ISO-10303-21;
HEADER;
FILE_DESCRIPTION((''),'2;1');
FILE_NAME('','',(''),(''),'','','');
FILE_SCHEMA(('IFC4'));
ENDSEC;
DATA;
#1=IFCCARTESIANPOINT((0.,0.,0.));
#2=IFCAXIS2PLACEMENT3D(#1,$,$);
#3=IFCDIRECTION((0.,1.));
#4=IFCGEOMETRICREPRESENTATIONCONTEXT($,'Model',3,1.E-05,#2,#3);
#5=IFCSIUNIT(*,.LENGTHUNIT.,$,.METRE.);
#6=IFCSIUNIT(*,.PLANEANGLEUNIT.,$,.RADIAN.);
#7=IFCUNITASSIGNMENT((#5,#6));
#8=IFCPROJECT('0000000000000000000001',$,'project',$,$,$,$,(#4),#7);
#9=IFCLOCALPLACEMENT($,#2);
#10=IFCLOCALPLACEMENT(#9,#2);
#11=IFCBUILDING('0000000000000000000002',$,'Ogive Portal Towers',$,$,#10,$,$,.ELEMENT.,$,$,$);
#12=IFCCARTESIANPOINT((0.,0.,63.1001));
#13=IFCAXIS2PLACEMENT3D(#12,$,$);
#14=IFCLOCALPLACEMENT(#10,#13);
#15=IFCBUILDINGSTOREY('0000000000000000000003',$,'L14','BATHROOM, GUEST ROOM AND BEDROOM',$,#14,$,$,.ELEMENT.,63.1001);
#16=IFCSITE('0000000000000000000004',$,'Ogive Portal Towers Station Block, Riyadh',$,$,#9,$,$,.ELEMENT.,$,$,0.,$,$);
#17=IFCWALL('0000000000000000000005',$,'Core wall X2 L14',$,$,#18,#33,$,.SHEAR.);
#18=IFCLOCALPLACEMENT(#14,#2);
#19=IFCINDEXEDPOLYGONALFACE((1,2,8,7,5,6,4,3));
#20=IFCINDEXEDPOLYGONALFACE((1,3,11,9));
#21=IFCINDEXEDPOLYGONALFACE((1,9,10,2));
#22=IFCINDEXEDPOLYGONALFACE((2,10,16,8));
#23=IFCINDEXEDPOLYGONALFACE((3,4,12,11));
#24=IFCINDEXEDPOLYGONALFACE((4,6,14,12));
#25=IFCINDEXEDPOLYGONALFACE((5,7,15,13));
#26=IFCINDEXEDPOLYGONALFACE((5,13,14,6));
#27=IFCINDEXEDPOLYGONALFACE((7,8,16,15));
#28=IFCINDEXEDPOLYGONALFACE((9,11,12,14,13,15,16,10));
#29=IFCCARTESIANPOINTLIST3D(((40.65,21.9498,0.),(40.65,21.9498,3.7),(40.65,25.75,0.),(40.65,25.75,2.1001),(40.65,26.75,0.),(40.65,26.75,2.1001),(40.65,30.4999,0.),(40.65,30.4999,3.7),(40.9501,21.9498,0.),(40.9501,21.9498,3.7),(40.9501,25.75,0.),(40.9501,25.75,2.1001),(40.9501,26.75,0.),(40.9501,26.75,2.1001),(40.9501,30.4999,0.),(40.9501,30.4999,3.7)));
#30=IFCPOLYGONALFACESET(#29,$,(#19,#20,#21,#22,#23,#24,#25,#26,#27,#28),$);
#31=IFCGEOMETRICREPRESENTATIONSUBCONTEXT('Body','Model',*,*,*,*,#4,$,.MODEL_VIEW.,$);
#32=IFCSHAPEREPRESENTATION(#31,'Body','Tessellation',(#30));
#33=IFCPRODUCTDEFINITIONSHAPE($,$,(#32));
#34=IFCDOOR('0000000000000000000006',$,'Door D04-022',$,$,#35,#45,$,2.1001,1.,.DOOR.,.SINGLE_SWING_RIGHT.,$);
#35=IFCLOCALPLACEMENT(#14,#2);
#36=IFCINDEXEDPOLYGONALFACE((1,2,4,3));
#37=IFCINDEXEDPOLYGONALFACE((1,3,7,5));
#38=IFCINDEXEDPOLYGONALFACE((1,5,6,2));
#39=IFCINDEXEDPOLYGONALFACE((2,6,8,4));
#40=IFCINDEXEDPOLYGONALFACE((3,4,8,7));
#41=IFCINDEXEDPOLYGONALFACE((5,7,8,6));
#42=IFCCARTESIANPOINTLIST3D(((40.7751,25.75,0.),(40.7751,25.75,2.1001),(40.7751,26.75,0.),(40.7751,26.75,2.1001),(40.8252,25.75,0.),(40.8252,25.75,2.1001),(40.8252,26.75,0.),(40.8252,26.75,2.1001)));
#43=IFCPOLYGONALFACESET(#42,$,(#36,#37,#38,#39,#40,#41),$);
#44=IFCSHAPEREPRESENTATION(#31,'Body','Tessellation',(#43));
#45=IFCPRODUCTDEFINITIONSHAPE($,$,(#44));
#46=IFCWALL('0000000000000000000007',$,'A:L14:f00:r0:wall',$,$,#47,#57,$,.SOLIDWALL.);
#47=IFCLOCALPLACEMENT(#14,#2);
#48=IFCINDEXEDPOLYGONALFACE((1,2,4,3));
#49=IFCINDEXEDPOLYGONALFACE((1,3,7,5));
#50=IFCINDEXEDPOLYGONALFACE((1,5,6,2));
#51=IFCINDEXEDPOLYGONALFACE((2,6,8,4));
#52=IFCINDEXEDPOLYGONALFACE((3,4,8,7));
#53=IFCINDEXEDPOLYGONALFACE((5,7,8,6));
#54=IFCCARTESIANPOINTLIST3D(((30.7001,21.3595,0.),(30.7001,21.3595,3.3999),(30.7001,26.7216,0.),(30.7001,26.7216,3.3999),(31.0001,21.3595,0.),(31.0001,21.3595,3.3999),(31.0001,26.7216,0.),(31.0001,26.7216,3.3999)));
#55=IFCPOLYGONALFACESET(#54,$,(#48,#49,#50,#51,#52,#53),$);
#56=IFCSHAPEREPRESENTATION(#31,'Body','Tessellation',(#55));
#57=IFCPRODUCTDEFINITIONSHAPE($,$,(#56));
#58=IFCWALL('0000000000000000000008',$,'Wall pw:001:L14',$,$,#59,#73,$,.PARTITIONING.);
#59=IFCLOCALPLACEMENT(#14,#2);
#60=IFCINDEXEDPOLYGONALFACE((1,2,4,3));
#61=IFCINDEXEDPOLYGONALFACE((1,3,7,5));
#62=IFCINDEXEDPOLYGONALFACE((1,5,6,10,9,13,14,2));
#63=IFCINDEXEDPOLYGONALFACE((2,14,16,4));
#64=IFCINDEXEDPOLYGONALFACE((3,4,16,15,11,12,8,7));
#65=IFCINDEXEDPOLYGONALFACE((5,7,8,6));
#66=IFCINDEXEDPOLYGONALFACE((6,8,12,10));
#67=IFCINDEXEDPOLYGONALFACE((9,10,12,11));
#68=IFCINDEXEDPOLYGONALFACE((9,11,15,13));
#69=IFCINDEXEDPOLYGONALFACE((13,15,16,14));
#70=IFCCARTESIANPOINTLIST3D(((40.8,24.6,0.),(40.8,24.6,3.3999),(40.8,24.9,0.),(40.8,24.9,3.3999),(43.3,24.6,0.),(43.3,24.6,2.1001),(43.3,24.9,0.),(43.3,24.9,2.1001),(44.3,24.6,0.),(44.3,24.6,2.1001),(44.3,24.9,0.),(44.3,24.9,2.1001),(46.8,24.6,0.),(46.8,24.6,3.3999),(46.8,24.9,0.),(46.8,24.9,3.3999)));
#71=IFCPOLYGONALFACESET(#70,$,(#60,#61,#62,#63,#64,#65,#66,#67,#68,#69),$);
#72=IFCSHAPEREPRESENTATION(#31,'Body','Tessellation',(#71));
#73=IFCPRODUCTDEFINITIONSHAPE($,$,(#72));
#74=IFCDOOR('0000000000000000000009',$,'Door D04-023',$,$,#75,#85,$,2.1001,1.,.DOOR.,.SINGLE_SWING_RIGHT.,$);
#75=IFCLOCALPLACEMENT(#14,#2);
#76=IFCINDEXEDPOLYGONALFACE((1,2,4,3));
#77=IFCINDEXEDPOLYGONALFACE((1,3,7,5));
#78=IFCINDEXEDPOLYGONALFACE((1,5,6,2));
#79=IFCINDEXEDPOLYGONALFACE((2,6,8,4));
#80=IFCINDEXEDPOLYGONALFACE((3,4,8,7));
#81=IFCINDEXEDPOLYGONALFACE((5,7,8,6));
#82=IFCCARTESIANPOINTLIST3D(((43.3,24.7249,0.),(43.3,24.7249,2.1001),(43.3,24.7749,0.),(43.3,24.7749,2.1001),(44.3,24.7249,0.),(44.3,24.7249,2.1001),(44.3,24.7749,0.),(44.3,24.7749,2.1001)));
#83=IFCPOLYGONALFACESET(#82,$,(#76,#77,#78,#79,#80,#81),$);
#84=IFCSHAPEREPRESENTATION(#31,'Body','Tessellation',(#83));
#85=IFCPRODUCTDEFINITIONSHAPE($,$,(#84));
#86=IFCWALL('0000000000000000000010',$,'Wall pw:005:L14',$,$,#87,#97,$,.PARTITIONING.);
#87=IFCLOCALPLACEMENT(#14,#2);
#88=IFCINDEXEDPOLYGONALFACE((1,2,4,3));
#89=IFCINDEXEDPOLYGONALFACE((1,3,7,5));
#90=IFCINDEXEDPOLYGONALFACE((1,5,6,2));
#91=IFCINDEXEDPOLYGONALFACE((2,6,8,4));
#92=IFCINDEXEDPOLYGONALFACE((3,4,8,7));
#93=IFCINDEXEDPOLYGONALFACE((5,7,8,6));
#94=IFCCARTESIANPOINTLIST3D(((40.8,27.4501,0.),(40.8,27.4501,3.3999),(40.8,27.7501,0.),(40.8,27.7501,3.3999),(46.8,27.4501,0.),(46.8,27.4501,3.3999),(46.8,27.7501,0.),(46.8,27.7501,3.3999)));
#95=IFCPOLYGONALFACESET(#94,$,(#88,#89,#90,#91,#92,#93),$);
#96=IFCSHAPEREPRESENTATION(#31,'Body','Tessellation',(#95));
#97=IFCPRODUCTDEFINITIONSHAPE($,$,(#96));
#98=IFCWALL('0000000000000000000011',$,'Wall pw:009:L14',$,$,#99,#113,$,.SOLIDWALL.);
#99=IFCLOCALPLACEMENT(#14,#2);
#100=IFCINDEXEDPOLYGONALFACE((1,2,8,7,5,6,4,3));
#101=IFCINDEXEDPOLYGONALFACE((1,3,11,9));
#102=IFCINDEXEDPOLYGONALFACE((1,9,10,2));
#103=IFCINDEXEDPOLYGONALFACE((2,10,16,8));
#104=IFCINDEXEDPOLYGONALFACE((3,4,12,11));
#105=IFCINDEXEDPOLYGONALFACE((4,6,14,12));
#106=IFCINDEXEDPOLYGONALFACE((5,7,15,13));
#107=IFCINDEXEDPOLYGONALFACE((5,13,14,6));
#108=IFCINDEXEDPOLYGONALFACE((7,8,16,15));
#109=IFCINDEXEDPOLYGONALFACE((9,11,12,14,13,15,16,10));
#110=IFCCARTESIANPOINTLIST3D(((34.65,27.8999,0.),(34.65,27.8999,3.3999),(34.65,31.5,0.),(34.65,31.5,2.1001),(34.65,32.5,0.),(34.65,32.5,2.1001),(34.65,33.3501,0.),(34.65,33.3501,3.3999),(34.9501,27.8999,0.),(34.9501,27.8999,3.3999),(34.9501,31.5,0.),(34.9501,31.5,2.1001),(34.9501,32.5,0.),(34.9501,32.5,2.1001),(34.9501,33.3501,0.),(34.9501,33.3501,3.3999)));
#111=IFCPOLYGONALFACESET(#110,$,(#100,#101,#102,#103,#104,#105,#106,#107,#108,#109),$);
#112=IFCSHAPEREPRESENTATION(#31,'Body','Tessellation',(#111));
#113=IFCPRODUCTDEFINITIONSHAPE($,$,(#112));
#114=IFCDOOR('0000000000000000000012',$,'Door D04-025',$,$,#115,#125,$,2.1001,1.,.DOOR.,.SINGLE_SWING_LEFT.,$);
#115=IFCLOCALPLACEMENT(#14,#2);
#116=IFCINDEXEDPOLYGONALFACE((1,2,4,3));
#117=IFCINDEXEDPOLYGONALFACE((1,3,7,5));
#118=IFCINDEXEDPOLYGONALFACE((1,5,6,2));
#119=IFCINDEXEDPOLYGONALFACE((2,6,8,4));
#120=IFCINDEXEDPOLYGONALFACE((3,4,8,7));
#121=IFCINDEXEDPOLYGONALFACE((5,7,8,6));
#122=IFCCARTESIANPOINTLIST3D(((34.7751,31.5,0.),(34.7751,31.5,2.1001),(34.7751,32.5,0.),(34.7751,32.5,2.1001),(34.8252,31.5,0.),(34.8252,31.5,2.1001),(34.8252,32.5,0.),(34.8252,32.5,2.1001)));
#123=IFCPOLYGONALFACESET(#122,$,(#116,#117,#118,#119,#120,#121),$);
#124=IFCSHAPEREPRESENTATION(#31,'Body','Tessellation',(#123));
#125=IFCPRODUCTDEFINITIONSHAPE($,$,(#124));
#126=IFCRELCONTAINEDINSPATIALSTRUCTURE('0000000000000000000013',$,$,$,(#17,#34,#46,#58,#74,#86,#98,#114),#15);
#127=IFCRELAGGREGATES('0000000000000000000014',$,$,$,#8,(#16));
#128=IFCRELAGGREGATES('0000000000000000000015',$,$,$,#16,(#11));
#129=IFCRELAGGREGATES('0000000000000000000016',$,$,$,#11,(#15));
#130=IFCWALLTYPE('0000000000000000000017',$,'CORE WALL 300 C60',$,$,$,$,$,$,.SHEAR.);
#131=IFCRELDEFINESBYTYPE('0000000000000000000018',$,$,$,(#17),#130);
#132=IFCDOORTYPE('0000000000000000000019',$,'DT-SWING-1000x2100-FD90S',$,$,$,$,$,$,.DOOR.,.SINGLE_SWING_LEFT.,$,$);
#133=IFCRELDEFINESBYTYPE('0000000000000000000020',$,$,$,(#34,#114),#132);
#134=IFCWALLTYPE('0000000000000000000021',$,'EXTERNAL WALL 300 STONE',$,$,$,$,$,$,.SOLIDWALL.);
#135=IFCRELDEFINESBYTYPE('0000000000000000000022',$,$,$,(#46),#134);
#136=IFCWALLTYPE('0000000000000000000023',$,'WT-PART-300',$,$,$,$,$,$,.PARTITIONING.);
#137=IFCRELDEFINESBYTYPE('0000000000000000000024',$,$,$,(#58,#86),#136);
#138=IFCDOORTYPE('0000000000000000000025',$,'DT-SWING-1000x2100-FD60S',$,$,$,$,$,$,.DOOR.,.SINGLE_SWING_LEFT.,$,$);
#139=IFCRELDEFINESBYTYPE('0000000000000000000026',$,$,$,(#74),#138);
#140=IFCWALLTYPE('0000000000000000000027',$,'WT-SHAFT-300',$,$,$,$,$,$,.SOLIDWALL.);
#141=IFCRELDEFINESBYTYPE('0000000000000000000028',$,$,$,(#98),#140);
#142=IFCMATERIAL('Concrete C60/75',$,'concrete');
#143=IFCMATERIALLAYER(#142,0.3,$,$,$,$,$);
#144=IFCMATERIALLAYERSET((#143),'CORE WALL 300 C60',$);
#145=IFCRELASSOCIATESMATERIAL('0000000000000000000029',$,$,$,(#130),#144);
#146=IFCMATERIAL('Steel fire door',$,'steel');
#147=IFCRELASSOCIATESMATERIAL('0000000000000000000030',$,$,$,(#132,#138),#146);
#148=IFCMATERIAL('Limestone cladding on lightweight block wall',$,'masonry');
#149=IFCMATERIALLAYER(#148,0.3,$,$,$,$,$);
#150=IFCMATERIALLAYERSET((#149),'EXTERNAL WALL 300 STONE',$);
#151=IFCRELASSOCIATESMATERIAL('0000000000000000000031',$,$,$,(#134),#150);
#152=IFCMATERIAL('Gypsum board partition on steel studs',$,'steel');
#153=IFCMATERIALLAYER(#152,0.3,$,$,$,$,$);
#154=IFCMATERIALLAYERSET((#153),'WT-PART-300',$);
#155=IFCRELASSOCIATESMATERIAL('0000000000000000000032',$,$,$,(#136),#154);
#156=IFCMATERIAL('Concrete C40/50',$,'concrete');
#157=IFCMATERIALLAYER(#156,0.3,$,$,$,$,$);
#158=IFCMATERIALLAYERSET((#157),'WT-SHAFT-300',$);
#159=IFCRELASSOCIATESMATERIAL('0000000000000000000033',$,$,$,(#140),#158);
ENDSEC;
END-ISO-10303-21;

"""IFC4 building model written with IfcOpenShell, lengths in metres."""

from ifc_helpers import new_model, si_unit, direction, frame, frame_2d, origin, place, context, subcontext, project, spatial, rectangle, extrude, material, layer, layer_set, type_object, element, fill, save


model = new_model("IFC4")

# Units and contexts
model_context = context("Model", 3, precision=1e-05, world=origin(), true_north=direction((0.0, 1.0)))
body_context = subcontext(model_context, "Body", "Model", "MODEL_VIEW")
ifc_project = project(units=[si_unit("LENGTHUNIT", "METRE"), si_unit("PLANEANGLEUNIT", "RADIAN")], contexts=[model_context])

# Site, building, storey
site_placement = place(None, origin())
site = spatial("IfcSite", under=ifc_project, at=site_placement, Name="Ogive Portal Towers Station Block, Riyadh", CompositionType="ELEMENT", RefElevation=0.0)
building_placement = place(site_placement, origin())
building = spatial("IfcBuilding", under=site, at=building_placement, Name="Ogive Portal Towers", CompositionType="ELEMENT")
storey_placement = place(building_placement, frame((0.0, 0.0, 63.1001)))
storey = spatial("IfcBuildingStorey", under=building, at=storey_placement, Name="L14", Description="BATHROOM, GUEST ROOM AND BEDROOM", CompositionType="ELEMENT", Elevation=63.1001)

# Wall, opening, door
ifc_material_1 = material(Name="Concrete C60/75", Category="concrete")
ifc_layer_1 = layer(ifc_material_1, 0.3)
ifc_layer_set_1 = layer_set([ifc_layer_1], Name="CORE WALL 300 C60")
wall_type_1 = type_object("IfcWallType", Name="CORE WALL 300 C60", PredefinedType="SHEAR", material=ifc_layer_set_1)
wall_1_placement = place(storey_placement, frame((40.8, 21.95, 0.0), z_axis=(0.0, 0.0, 1.0), x_axis=(0.0, 1.0, 0.0)))
wall_1 = element("IfcWall", 1, at=wall_1_placement, inside=storey, type_object=wall_type_1, Name="Core wall X2 L14", PredefinedType="SHEAR", context=body_context, shape_type="SweptSolid", body=[
    extrude(rectangle(XDim=8.55, YDim=0.3, at=frame_2d((4.2749, 0.0))), origin(), (0.0, 0.0, 1.0), 3.7),
])
opening_1_placement = place(wall_1_placement, frame((3.8, 0.0, 0.0)))
opening_1 = element("IfcOpeningElement", 2, at=opening_1_placement, cuts=wall_1, PredefinedType="OPENING", context=body_context, shape_type="SweptSolid", body=[
    extrude(rectangle(XDim=1.0, YDim=2.1001, at=frame_2d((0.5, 1.05))), frame((0.0, 0.1602, 0.0), z_axis=(0.0, -1.0, 0.0), x_axis=(1.0, 0.0, 0.0)), (0.0, 0.0, 1.0), 0.3201),
])
ifc_material_2 = material(Name="Steel fire door", Category="steel")
door_type_1 = type_object("IfcDoorType", Name="DT-SWING-1000x2100-FD90S", OperationType="SINGLE_SWING_LEFT", PredefinedType="DOOR", material=ifc_material_2)
door_1_placement = place(opening_1_placement, origin())
door_1 = element("IfcDoor", 3, at=door_1_placement, inside=storey, type_object=door_type_1, Name="Door D04-022", OperationType="SINGLE_SWING_RIGHT", OverallHeight=2.1001, OverallWidth=1.0, PredefinedType="DOOR", context=body_context, shape_type="SweptSolid", body=[
    extrude(rectangle(XDim=1.0, YDim=2.1001, at=frame_2d((0.5, 1.05))), frame((0.0, 0.0249, 0.0), z_axis=(0.0, -1.0, 0.0), x_axis=(1.0, 0.0, 0.0)), (0.0, 0.0, 1.0), 0.05),
])
fill(opening_1, door_1)

# Wall
ifc_material_3 = material(Name="Limestone cladding on lightweight block wall", Category="masonry")
ifc_layer_2 = layer(ifc_material_3, 0.3)
ifc_layer_set_2 = layer_set([ifc_layer_2], Name="EXTERNAL WALL 300 STONE")
wall_type_2 = type_object("IfcWallType", Name="EXTERNAL WALL 300 STONE", PredefinedType="SOLIDWALL", material=ifc_layer_set_2)
wall_2_placement = place(storey_placement, frame((30.8501, 26.7217, 0.0), z_axis=(0.0, 0.0, 1.0), x_axis=(0.0, -1.0, 0.0)))
element("IfcWall", 4, at=wall_2_placement, inside=storey, type_object=wall_type_2, Name="A:L14:f00:r0:wall", PredefinedType="SOLIDWALL", context=body_context, shape_type="SweptSolid", body=[
    extrude(rectangle(XDim=5.3621, YDim=0.3, at=frame_2d((2.6812, 0.0))), origin(), (0.0, 0.0, 1.0), 3.3999),
])

# Wall, opening, door
ifc_material_4 = material(Name="Gypsum board partition on steel studs", Category="steel")
ifc_layer_3 = layer(ifc_material_4, 0.3)
ifc_layer_set_3 = layer_set([ifc_layer_3], Name="WT-PART-300")
wall_type_3 = type_object("IfcWallType", Name="WT-PART-300", PredefinedType="PARTITIONING", material=ifc_layer_set_3)
wall_3_placement = place(storey_placement, frame((40.8, 24.75, 0.0), z_axis=(0.0, 0.0, 1.0), x_axis=(1.0, 0.0, 0.0)))
wall_3 = element("IfcWall", 5, at=wall_3_placement, inside=storey, type_object=wall_type_3, Name="Wall pw:001:L14", PredefinedType="PARTITIONING", context=body_context, shape_type="SweptSolid", body=[
    extrude(rectangle(XDim=6.0, YDim=0.3, at=frame_2d((3.0, 0.0))), origin(), (0.0, 0.0, 1.0), 3.3999),
])
opening_2_placement = place(wall_3_placement, frame((2.5, 0.0, 0.0)))
opening_2 = element("IfcOpeningElement", 6, at=opening_2_placement, cuts=wall_3, PredefinedType="OPENING", context=body_context, shape_type="SweptSolid", body=[
    extrude(rectangle(XDim=1.0, YDim=2.1001, at=frame_2d((0.5, 1.05))), frame((0.0, 0.1602, 0.0), z_axis=(0.0, -1.0, 0.0), x_axis=(1.0, 0.0, 0.0)), (0.0, 0.0, 1.0), 0.3201),
])
door_type_2 = type_object("IfcDoorType", Name="DT-SWING-1000x2100-FD60S", OperationType="SINGLE_SWING_LEFT", PredefinedType="DOOR", material=ifc_material_2)
door_2_placement = place(opening_2_placement, origin())
door_2 = element("IfcDoor", 7, at=door_2_placement, inside=storey, type_object=door_type_2, Name="Door D04-023", OperationType="SINGLE_SWING_RIGHT", OverallHeight=2.1001, OverallWidth=1.0, PredefinedType="DOOR", context=body_context, shape_type="SweptSolid", body=[
    extrude(rectangle(XDim=1.0, YDim=2.1001, at=frame_2d((0.5, 1.05))), frame((0.0, 0.0249, 0.0), z_axis=(0.0, -1.0, 0.0), x_axis=(1.0, 0.0, 0.0)), (0.0, 0.0, 1.0), 0.05),
])
fill(opening_2, door_2)

# Wall
wall_4_placement = place(storey_placement, frame((40.8, 27.6001, 0.0), z_axis=(0.0, 0.0, 1.0), x_axis=(1.0, 0.0, 0.0)))
element("IfcWall", 8, at=wall_4_placement, inside=storey, type_object=wall_type_3, Name="Wall pw:005:L14", PredefinedType="PARTITIONING", context=body_context, shape_type="SweptSolid", body=[
    extrude(rectangle(XDim=6.0, YDim=0.3, at=frame_2d((3.0, 0.0))), origin(), (0.0, 0.0, 1.0), 3.3999),
])

# Shared definitions
ifc_material_5 = material(Name="Concrete C40/50", Category="concrete")
ifc_layer_4 = layer(ifc_material_5, 0.3)
ifc_layer_set_4 = layer_set([ifc_layer_4], Name="WT-SHAFT-300")
wall_type_4 = type_object("IfcWallType", Name="WT-SHAFT-300", PredefinedType="SOLIDWALL", material=ifc_layer_set_4)

# Wall, opening, door
wall_5_placement = place(storey_placement, frame((34.8, 27.8999, 0.0), z_axis=(0.0, 0.0, 1.0), x_axis=(0.0, 1.0, 0.0)))
wall_5 = element("IfcWall", 9, at=wall_5_placement, inside=storey, type_object=wall_type_4, Name="Wall pw:009:L14", PredefinedType="SOLIDWALL", context=body_context, shape_type="SweptSolid", body=[
    extrude(rectangle(XDim=5.4502, YDim=0.3, at=frame_2d((2.7251, 0.0))), origin(), (0.0, 0.0, 1.0), 3.3999),
])
opening_3_placement = place(wall_5_placement, frame((3.6001, 0.0, 0.0)))
opening_3 = element("IfcOpeningElement", 10, at=opening_3_placement, cuts=wall_5, PredefinedType="OPENING", context=body_context, shape_type="SweptSolid", body=[
    extrude(rectangle(XDim=1.0, YDim=2.1001, at=frame_2d((0.5, 1.05))), frame((0.0, 0.1602, 0.0), z_axis=(0.0, -1.0, 0.0), x_axis=(1.0, 0.0, 0.0)), (0.0, 0.0, 1.0), 0.3201),
])
door_3_placement = place(opening_3_placement, origin())
door_3 = element("IfcDoor", 11, at=door_3_placement, inside=storey, type_object=door_type_1, Name="Door D04-025", OperationType="SINGLE_SWING_LEFT", OverallHeight=2.1001, OverallWidth=1.0, PredefinedType="DOOR", context=body_context, shape_type="SweptSolid", body=[
    extrude(rectangle(XDim=1.0, YDim=2.1001, at=frame_2d((0.5, 1.05))), frame((0.0, 0.0249, 0.0), z_axis=(0.0, -1.0, 0.0), x_axis=(1.0, 0.0, 0.0)), (0.0, 0.0, 1.0), 0.05),
])
fill(opening_3, door_3)

save(model, "model.ifc")
